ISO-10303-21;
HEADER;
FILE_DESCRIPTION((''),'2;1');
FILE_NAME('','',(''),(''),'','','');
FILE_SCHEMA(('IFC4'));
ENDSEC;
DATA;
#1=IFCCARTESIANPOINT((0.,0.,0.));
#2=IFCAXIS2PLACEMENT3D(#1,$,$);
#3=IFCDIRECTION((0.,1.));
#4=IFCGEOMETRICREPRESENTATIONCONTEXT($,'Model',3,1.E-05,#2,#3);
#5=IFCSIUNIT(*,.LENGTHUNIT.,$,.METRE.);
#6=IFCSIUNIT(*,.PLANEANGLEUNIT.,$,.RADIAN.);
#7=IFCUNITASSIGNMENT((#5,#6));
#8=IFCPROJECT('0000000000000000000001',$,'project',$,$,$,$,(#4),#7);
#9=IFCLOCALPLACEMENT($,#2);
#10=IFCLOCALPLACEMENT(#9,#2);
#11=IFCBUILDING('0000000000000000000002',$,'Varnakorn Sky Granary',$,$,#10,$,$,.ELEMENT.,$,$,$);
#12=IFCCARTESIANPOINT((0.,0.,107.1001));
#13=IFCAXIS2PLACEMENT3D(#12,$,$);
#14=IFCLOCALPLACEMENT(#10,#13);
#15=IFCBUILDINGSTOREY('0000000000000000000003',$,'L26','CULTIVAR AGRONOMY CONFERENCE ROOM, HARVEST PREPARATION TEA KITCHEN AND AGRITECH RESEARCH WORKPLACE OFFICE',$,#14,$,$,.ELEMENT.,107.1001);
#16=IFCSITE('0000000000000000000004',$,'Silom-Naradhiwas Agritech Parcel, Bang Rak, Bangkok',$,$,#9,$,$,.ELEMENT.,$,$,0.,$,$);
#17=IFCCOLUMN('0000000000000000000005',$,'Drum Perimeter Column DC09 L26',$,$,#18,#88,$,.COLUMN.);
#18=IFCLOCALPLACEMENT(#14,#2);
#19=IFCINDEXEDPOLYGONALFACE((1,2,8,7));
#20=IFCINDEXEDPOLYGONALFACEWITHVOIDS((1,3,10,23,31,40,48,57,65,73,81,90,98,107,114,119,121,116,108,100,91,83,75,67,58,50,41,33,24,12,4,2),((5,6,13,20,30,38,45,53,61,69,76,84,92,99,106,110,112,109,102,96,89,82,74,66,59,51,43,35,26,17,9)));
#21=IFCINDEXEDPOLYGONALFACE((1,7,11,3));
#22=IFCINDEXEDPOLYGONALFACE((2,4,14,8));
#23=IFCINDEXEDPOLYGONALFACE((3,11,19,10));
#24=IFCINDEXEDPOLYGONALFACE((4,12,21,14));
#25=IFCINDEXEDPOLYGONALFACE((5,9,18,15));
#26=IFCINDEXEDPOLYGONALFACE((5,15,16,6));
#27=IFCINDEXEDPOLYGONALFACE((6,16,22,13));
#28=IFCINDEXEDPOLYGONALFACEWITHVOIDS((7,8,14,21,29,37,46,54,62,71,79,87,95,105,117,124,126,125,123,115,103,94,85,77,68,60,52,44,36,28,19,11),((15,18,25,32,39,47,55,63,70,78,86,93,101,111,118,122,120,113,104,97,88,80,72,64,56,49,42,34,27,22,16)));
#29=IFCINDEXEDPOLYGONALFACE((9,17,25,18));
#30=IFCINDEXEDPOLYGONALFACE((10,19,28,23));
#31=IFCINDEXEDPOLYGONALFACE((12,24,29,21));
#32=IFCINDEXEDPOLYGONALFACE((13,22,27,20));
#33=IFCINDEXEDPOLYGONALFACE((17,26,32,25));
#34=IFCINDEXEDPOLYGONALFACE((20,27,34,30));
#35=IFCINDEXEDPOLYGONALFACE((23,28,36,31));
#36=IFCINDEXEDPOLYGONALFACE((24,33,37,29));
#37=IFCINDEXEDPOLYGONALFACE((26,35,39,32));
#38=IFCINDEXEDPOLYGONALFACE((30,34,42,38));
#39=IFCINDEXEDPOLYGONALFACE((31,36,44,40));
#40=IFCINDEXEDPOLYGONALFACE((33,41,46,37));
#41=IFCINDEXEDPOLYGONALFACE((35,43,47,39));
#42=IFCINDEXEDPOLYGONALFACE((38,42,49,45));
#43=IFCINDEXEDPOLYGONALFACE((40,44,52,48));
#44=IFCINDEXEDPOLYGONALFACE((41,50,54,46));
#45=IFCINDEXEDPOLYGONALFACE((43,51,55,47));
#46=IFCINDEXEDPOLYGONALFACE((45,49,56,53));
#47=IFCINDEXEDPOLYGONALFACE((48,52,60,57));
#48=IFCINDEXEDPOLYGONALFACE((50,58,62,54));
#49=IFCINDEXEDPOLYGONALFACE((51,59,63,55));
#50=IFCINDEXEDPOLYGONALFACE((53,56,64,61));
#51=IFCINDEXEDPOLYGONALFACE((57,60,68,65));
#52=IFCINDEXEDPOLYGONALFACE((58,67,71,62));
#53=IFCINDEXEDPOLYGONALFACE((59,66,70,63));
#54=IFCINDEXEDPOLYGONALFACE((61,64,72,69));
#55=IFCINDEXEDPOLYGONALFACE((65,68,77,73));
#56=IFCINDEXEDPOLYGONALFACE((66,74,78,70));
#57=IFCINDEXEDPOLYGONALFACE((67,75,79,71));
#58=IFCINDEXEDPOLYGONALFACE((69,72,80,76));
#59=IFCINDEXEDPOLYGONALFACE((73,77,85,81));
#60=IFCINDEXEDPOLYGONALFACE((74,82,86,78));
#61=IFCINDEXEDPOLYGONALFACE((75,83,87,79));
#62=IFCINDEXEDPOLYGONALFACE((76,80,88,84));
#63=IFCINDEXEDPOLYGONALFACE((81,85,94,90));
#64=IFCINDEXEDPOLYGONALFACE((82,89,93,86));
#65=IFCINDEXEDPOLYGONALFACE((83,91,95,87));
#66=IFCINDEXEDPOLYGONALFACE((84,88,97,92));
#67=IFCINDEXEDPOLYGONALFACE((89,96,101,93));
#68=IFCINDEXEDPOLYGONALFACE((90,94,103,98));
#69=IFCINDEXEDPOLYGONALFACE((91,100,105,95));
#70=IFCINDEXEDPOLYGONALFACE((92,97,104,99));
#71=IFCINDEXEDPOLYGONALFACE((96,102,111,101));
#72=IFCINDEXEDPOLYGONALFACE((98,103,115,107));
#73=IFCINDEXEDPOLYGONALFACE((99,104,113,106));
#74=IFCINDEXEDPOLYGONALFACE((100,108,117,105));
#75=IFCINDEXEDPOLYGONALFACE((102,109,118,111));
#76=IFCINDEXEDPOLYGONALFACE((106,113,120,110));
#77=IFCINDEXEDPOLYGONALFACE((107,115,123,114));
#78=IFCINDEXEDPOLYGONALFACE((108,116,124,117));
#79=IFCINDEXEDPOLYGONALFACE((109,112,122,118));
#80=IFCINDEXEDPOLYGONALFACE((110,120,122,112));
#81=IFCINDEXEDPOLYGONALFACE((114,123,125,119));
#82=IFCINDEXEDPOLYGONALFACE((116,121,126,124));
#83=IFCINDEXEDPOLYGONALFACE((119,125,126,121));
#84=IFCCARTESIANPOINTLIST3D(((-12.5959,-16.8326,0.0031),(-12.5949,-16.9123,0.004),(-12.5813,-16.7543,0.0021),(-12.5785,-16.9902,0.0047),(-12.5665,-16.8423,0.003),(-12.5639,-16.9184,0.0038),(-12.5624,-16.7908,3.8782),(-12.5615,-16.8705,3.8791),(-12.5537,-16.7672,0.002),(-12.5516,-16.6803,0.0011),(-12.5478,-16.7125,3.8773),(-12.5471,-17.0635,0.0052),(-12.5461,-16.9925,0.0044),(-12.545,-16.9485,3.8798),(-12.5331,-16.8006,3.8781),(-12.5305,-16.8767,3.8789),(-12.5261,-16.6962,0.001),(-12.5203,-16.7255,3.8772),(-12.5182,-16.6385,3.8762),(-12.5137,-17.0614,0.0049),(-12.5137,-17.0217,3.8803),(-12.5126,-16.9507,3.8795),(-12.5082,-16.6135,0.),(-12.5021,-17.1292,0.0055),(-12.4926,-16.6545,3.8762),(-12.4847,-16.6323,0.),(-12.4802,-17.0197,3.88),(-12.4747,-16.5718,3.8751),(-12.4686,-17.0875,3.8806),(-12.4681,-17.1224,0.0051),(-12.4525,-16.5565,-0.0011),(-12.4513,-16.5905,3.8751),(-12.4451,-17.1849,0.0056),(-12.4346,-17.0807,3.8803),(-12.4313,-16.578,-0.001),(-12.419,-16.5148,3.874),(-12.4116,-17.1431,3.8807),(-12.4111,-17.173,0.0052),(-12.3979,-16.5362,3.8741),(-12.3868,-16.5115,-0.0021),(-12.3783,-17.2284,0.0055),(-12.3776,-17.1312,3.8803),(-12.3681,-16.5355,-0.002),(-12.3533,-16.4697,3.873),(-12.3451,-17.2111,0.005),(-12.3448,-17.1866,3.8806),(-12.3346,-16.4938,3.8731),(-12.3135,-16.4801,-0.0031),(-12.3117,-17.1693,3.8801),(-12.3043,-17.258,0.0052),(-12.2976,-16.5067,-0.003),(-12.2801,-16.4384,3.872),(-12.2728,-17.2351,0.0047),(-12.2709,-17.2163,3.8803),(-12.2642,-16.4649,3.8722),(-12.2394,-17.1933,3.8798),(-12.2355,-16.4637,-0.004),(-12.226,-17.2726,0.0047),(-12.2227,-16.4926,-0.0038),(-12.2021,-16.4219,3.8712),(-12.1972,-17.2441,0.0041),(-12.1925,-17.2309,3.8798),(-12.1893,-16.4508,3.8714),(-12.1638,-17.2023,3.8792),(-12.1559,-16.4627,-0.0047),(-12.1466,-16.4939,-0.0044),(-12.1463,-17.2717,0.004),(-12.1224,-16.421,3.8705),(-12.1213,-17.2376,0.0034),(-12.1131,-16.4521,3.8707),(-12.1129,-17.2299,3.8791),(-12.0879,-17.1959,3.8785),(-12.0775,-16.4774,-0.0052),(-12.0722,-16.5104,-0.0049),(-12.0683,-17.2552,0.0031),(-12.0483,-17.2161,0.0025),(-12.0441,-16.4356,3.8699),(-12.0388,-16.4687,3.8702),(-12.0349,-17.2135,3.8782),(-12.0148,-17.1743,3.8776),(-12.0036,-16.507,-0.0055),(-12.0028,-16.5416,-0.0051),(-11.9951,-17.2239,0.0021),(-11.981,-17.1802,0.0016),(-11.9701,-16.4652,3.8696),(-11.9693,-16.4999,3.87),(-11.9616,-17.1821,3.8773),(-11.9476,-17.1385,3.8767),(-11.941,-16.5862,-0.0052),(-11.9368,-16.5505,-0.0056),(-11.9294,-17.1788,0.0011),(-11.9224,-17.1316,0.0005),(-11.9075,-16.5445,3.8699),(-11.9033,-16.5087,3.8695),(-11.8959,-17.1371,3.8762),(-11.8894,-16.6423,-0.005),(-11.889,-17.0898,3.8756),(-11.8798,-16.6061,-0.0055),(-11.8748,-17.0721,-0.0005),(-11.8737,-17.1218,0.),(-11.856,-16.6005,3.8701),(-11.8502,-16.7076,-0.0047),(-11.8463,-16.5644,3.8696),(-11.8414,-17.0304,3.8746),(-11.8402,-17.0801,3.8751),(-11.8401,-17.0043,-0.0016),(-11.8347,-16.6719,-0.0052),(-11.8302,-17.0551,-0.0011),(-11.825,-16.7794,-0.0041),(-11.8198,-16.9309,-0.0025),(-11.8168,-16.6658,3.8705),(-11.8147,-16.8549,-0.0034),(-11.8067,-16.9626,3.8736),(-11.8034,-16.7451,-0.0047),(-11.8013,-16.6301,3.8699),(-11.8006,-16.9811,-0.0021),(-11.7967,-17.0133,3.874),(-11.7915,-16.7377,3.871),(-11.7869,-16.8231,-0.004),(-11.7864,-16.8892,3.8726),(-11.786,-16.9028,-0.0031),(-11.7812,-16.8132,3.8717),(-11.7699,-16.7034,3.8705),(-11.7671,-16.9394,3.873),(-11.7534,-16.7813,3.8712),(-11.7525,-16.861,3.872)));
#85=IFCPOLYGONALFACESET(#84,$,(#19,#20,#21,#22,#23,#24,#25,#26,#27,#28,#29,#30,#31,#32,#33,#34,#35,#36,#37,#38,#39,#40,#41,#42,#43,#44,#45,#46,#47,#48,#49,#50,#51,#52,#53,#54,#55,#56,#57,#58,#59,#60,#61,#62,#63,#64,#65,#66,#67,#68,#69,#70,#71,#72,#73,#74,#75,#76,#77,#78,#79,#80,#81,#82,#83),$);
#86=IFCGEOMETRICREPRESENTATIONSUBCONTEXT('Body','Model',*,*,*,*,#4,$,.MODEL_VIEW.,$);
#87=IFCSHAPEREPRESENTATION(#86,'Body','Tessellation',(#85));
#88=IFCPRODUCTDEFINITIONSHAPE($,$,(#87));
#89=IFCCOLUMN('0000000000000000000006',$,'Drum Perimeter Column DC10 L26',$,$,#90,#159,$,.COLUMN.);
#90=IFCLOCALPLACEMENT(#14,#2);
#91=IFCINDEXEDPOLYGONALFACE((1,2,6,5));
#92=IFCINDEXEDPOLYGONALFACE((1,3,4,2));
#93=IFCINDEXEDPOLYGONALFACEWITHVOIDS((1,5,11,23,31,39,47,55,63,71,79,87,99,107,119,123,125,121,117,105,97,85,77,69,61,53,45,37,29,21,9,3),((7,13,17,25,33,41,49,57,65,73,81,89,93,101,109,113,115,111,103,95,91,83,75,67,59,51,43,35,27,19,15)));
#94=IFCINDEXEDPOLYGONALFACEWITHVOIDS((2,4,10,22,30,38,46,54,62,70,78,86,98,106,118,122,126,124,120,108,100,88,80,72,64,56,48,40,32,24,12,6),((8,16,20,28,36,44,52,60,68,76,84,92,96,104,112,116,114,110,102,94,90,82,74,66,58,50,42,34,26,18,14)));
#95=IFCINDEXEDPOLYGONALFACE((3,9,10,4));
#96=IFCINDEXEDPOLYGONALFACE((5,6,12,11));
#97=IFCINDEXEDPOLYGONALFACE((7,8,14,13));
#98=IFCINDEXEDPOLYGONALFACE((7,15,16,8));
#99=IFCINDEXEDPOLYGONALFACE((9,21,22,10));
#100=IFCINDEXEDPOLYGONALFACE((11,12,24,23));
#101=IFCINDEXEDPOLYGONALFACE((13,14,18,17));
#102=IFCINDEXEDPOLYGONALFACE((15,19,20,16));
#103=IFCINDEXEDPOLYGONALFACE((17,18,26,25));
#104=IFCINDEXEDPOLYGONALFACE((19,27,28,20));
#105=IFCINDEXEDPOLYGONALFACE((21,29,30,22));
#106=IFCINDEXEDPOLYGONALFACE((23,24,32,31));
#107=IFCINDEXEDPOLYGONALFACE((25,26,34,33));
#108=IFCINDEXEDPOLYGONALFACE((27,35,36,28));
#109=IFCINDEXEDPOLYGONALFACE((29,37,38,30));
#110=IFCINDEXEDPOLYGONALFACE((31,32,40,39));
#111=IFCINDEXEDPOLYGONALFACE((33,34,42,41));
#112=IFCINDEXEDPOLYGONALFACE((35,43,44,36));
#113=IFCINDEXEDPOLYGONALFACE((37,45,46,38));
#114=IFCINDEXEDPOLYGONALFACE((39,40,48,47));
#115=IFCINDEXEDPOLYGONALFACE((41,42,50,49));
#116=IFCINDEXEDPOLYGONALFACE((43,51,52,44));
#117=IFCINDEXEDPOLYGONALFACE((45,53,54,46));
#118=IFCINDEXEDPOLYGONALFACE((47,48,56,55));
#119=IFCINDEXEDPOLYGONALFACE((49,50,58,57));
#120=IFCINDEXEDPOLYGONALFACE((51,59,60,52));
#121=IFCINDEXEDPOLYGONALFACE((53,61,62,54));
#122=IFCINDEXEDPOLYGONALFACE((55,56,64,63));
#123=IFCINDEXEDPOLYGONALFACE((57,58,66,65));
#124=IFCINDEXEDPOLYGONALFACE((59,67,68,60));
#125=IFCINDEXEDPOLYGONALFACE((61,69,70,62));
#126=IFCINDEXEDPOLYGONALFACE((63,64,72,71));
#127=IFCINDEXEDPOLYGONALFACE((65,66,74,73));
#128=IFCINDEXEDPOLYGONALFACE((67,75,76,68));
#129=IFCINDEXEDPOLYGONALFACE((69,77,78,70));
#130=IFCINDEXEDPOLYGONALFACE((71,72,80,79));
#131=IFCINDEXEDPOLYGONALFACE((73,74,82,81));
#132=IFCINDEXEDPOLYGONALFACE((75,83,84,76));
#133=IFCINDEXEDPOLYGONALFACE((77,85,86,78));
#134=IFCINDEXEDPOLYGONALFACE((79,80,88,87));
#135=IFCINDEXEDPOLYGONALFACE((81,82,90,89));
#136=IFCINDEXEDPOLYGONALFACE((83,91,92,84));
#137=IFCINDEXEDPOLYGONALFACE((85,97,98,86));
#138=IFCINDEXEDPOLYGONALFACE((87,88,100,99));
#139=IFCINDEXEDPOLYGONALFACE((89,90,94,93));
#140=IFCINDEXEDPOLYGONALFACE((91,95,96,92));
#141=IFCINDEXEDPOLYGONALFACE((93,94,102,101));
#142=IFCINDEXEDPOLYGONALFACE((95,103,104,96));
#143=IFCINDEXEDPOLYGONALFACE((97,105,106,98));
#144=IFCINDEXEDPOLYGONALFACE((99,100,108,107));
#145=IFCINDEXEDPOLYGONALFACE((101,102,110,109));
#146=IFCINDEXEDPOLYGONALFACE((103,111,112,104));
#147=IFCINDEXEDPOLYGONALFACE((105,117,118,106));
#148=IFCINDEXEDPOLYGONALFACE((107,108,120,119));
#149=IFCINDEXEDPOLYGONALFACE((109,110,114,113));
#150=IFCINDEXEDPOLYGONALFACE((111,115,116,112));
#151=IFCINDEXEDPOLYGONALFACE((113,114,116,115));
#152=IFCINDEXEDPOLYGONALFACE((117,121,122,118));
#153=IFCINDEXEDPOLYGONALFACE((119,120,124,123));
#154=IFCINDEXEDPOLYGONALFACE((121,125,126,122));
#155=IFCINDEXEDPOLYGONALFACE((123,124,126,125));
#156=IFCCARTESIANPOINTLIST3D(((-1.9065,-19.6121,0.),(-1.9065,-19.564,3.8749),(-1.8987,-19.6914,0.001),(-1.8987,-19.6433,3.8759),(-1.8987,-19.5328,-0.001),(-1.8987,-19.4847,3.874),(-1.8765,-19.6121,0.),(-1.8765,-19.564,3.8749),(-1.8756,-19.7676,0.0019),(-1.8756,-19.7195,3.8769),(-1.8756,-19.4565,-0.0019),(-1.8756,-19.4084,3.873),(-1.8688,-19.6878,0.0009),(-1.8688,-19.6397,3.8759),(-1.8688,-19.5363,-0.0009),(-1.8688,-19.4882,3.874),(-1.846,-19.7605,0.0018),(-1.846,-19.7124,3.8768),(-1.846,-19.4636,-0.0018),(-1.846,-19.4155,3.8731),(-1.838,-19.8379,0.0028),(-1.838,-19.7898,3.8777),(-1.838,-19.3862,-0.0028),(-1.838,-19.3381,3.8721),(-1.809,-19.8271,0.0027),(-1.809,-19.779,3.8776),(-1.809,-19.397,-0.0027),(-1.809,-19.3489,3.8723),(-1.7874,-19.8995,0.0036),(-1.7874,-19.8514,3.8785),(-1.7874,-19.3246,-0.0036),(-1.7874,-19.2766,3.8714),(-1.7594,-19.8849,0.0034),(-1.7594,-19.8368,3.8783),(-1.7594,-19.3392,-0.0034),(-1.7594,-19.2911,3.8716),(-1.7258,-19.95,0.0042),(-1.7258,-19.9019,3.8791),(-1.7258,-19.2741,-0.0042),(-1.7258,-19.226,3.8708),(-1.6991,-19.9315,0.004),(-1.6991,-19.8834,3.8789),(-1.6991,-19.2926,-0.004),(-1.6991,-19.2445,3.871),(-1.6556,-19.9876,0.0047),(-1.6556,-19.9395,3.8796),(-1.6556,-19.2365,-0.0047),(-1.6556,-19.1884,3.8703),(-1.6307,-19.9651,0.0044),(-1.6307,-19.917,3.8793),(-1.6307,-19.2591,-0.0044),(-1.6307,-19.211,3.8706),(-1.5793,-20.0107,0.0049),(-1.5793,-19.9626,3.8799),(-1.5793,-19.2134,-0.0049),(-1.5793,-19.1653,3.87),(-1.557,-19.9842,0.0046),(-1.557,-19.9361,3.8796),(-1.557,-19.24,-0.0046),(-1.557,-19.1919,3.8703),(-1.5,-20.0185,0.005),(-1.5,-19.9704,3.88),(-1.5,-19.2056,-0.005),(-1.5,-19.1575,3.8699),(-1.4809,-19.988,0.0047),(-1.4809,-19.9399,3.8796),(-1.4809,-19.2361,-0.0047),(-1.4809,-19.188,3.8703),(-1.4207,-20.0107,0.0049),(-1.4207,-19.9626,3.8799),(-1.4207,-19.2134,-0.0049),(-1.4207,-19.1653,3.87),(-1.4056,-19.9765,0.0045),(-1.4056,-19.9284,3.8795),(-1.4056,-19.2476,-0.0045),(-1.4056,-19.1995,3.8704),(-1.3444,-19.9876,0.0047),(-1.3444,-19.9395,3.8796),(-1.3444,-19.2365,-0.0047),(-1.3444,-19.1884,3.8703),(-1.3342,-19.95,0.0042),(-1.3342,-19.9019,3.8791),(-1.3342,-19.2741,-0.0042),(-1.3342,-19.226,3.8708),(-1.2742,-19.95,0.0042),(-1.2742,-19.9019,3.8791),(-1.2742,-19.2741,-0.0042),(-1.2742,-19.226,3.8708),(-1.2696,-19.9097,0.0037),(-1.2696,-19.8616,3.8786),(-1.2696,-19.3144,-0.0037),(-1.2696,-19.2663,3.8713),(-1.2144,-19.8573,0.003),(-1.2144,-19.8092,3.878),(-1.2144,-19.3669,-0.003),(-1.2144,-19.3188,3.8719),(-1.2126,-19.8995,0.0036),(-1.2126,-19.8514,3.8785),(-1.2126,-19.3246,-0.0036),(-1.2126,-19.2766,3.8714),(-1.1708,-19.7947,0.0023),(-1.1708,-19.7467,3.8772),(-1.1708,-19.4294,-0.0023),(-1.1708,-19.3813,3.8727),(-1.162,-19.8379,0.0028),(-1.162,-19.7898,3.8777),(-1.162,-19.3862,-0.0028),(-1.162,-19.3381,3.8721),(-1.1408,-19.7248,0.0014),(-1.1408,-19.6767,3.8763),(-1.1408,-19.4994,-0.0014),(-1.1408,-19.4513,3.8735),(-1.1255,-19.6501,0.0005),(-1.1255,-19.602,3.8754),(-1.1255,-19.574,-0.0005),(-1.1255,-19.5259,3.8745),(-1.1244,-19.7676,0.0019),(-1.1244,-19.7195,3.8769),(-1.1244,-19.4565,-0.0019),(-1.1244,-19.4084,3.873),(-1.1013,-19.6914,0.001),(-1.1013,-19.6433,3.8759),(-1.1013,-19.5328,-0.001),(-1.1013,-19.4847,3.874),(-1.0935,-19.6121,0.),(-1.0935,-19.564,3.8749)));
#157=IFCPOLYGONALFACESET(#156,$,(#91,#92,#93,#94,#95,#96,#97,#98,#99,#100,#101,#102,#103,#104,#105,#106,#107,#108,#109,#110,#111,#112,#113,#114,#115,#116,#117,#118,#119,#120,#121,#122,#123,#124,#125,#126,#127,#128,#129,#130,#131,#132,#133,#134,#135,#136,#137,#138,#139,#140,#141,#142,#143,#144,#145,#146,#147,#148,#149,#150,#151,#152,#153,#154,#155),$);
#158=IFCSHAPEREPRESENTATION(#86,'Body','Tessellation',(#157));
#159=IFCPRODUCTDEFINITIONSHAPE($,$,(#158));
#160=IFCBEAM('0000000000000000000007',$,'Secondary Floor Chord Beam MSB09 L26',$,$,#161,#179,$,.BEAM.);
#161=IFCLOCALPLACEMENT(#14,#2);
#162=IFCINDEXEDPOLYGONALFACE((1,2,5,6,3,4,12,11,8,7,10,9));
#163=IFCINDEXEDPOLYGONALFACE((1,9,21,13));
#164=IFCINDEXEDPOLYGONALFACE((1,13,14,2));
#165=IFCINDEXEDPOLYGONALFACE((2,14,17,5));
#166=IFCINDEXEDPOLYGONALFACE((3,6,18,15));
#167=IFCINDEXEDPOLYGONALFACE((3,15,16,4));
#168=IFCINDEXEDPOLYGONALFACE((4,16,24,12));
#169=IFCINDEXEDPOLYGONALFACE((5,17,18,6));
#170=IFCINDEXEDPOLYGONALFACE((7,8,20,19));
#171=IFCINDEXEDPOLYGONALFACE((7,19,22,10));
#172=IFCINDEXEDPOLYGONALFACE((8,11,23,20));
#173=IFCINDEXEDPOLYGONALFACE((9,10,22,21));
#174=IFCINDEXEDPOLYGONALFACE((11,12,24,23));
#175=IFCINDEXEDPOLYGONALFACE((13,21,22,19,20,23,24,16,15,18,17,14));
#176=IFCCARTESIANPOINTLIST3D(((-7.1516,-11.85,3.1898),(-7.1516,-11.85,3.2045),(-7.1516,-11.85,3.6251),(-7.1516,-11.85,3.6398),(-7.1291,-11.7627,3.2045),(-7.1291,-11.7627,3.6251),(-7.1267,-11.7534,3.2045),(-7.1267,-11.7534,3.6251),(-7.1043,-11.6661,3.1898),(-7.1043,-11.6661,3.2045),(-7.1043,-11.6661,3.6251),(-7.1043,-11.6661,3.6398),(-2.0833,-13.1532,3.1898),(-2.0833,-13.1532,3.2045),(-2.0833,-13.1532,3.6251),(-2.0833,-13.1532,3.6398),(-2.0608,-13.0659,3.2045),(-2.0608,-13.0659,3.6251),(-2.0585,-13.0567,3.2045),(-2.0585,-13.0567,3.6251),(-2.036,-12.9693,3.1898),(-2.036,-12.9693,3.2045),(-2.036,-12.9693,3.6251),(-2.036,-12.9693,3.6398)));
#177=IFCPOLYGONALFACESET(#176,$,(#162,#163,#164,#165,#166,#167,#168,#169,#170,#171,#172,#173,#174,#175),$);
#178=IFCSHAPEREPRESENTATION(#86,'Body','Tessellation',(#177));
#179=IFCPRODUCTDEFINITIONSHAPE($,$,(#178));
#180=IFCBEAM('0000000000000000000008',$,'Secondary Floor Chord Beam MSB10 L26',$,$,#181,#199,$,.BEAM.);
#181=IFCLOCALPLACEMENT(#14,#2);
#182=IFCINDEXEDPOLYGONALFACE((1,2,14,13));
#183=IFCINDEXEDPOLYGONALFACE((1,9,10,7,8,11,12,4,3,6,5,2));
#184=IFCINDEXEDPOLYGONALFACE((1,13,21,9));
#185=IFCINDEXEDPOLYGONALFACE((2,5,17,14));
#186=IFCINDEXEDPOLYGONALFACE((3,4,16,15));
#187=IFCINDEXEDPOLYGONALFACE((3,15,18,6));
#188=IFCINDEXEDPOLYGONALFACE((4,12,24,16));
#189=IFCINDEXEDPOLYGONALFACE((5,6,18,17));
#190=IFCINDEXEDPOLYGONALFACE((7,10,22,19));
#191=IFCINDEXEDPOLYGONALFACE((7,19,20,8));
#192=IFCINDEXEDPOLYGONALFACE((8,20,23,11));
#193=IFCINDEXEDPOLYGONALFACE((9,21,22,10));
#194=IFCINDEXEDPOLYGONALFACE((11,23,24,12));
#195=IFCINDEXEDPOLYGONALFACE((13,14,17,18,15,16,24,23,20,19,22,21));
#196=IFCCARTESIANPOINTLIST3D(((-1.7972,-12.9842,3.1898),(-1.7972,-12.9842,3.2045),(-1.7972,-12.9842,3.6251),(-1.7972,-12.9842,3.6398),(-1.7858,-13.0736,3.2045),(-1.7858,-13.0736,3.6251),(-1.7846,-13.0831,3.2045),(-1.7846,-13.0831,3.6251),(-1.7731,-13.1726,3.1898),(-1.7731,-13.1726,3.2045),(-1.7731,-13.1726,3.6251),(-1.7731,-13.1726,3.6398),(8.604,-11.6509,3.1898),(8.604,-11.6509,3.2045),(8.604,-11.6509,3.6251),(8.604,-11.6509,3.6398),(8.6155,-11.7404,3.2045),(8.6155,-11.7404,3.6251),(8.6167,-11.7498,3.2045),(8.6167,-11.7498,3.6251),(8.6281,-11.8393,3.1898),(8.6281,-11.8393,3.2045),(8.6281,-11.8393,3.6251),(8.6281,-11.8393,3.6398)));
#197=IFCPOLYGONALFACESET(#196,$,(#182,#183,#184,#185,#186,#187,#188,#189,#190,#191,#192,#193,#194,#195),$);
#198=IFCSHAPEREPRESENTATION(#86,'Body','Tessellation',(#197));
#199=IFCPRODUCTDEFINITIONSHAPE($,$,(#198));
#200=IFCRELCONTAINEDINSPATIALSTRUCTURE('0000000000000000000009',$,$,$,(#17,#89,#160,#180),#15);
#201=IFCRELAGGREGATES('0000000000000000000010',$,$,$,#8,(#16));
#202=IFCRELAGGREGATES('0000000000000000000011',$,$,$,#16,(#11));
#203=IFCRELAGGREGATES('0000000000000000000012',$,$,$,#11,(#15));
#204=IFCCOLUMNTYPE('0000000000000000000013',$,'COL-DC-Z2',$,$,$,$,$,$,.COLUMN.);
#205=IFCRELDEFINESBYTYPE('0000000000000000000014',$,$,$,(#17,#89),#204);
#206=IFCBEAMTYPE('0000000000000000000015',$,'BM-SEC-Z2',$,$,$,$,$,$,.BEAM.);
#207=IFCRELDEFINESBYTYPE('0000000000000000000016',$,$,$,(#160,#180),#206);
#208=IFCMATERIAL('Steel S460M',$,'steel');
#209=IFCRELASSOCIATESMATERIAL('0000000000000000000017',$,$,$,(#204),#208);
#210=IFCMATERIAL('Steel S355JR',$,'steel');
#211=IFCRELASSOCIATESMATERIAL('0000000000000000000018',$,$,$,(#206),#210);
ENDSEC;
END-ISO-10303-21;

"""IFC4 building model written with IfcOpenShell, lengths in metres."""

from ifc_helpers import new_model, si_unit, direction, frame, origin, origin_2d, place, context, subcontext, project, spatial, hollow_circle, i_section, extrude, material, material_profile, profile_set, type_object, element, save


model = new_model("IFC4")

# Units and contexts
model_context = context("Model", 3, precision=1e-05, world=origin(), true_north=direction((0.0, 1.0)))
body_context = subcontext(model_context, "Body", "Model", "MODEL_VIEW")
ifc_project = project(units=[si_unit("LENGTHUNIT", "METRE"), si_unit("PLANEANGLEUNIT", "RADIAN")], contexts=[model_context])

# Site, building, storey
site_placement = place(None, origin())
site = spatial("IfcSite", under=ifc_project, at=site_placement, Name="Silom-Naradhiwas Agritech Parcel, Bang Rak, Bangkok", CompositionType="ELEMENT", RefElevation=0.0)
building_placement = place(site_placement, origin())
building = spatial("IfcBuilding", under=site, at=building_placement, Name="Varnakorn Sky Granary", CompositionType="ELEMENT")
storey_placement = place(building_placement, frame((0.0, 0.0, 107.1001)))
storey = spatial("IfcBuildingStorey", under=building, at=storey_placement, Name="L26", Description="CULTIVAR AGRONOMY CONFERENCE ROOM, HARVEST PREPARATION TEA KITCHEN AND AGRITECH RESEARCH WORKPLACE OFFICE", CompositionType="ELEMENT", Elevation=107.1001)

# Columns
ifc_material_1 = material(Name="Steel S460M", Category="steel")
ifc_material_profile_1 = material_profile(ifc_material_1, hollow_circle(Radius=0.4065, WallThickness=0.03, at=origin_2d()), Name="CHS 813x30")
ifc_profile_set_1 = profile_set([ifc_material_profile_1], Name="Steel S460M")
column_type = type_object("IfcColumnType", Name="COL-DC-Z2", PredefinedType="COLUMN", material=ifc_profile_set_1)
column_1_placement = place(storey_placement, frame((-12.1909, -16.8677, 0.0), z_axis=(0.008631, 0.010773, 0.999905), x_axis=(-0.780423, 0.625251, 0.0)))
element("IfcColumn", 1, at=column_1_placement, inside=storey, type_object=column_type, Name="Drum Perimeter Column DC09 L26", PredefinedType="COLUMN", context=body_context, shape_type="SweptSolid", body=[
    extrude(hollow_circle(Radius=0.4065, WallThickness=0.03, at=origin_2d()), origin(), (0.0, 0.0, 1.0), 3.8755),
])
column_2_placement = place(storey_placement, frame((-1.5, -19.6121, 0.0), z_axis=(0.0, 0.012411, 0.999923), x_axis=(-1.0, 0.0, 0.0)))
element("IfcColumn", 2, at=column_2_placement, inside=storey, type_object=column_type, Name="Drum Perimeter Column DC10 L26", PredefinedType="COLUMN", context=body_context, shape_type="SweptSolid", body=[
    extrude(hollow_circle(Radius=0.4065, WallThickness=0.03, at=origin_2d()), origin(), (0.0, 0.0, 1.0), 3.8752),
])

# Beams
ifc_material_2 = material(Name="Steel S355JR", Category="steel")
ifc_material_profile_2 = material_profile(ifc_material_2, i_section(OverallWidth=0.1899, OverallDepth=0.45, WebThickness=0.0095, FlangeThickness=0.0146, at=origin_2d()), Name="IPE 450")
ifc_profile_set_2 = profile_set([ifc_material_profile_2], Name="Steel S355JR")
beam_type_1 = type_object("IfcBeamType", Name="BM-SEC-Z2", PredefinedType="BEAM", material=ifc_profile_set_2)
beam_1_placement = place(storey_placement, frame((-7.1279, -11.7581, 3.4148), z_axis=(0.968496, -0.249029, 0.0), x_axis=(0.249029, 0.968496, 0.0)))
element("IfcBeam", 3, at=beam_1_placement, inside=storey, type_object=beam_type_1, Name="Secondary Floor Chord Beam MSB09 L26", PredefinedType="BEAM", context=body_context, shape_type="SweptSolid", body=[
    extrude(i_section(OverallWidth=0.1899, OverallDepth=0.45, WebThickness=0.0095, FlangeThickness=0.0146, at=origin_2d()), origin(), (0.0, 0.0, 1.0), 5.2332),
])
beam_2_placement = place(storey_placement, frame((-1.7852, -13.0784, 3.4148), z_axis=(0.991884, 0.127143, 0.0), x_axis=(-0.127143, 0.991884, 0.0)))
element("IfcBeam", 4, at=beam_2_placement, inside=storey, type_object=beam_type_1, Name="Secondary Floor Chord Beam MSB10 L26", PredefinedType="BEAM", context=body_context, shape_type="SweptSolid", body=[
    extrude(i_section(OverallWidth=0.1899, OverallDepth=0.45, WebThickness=0.0095, FlangeThickness=0.0146, at=origin_2d()), origin(), (0.0, 0.0, 1.0), 10.4863),
])

save(model, "model.ifc")
